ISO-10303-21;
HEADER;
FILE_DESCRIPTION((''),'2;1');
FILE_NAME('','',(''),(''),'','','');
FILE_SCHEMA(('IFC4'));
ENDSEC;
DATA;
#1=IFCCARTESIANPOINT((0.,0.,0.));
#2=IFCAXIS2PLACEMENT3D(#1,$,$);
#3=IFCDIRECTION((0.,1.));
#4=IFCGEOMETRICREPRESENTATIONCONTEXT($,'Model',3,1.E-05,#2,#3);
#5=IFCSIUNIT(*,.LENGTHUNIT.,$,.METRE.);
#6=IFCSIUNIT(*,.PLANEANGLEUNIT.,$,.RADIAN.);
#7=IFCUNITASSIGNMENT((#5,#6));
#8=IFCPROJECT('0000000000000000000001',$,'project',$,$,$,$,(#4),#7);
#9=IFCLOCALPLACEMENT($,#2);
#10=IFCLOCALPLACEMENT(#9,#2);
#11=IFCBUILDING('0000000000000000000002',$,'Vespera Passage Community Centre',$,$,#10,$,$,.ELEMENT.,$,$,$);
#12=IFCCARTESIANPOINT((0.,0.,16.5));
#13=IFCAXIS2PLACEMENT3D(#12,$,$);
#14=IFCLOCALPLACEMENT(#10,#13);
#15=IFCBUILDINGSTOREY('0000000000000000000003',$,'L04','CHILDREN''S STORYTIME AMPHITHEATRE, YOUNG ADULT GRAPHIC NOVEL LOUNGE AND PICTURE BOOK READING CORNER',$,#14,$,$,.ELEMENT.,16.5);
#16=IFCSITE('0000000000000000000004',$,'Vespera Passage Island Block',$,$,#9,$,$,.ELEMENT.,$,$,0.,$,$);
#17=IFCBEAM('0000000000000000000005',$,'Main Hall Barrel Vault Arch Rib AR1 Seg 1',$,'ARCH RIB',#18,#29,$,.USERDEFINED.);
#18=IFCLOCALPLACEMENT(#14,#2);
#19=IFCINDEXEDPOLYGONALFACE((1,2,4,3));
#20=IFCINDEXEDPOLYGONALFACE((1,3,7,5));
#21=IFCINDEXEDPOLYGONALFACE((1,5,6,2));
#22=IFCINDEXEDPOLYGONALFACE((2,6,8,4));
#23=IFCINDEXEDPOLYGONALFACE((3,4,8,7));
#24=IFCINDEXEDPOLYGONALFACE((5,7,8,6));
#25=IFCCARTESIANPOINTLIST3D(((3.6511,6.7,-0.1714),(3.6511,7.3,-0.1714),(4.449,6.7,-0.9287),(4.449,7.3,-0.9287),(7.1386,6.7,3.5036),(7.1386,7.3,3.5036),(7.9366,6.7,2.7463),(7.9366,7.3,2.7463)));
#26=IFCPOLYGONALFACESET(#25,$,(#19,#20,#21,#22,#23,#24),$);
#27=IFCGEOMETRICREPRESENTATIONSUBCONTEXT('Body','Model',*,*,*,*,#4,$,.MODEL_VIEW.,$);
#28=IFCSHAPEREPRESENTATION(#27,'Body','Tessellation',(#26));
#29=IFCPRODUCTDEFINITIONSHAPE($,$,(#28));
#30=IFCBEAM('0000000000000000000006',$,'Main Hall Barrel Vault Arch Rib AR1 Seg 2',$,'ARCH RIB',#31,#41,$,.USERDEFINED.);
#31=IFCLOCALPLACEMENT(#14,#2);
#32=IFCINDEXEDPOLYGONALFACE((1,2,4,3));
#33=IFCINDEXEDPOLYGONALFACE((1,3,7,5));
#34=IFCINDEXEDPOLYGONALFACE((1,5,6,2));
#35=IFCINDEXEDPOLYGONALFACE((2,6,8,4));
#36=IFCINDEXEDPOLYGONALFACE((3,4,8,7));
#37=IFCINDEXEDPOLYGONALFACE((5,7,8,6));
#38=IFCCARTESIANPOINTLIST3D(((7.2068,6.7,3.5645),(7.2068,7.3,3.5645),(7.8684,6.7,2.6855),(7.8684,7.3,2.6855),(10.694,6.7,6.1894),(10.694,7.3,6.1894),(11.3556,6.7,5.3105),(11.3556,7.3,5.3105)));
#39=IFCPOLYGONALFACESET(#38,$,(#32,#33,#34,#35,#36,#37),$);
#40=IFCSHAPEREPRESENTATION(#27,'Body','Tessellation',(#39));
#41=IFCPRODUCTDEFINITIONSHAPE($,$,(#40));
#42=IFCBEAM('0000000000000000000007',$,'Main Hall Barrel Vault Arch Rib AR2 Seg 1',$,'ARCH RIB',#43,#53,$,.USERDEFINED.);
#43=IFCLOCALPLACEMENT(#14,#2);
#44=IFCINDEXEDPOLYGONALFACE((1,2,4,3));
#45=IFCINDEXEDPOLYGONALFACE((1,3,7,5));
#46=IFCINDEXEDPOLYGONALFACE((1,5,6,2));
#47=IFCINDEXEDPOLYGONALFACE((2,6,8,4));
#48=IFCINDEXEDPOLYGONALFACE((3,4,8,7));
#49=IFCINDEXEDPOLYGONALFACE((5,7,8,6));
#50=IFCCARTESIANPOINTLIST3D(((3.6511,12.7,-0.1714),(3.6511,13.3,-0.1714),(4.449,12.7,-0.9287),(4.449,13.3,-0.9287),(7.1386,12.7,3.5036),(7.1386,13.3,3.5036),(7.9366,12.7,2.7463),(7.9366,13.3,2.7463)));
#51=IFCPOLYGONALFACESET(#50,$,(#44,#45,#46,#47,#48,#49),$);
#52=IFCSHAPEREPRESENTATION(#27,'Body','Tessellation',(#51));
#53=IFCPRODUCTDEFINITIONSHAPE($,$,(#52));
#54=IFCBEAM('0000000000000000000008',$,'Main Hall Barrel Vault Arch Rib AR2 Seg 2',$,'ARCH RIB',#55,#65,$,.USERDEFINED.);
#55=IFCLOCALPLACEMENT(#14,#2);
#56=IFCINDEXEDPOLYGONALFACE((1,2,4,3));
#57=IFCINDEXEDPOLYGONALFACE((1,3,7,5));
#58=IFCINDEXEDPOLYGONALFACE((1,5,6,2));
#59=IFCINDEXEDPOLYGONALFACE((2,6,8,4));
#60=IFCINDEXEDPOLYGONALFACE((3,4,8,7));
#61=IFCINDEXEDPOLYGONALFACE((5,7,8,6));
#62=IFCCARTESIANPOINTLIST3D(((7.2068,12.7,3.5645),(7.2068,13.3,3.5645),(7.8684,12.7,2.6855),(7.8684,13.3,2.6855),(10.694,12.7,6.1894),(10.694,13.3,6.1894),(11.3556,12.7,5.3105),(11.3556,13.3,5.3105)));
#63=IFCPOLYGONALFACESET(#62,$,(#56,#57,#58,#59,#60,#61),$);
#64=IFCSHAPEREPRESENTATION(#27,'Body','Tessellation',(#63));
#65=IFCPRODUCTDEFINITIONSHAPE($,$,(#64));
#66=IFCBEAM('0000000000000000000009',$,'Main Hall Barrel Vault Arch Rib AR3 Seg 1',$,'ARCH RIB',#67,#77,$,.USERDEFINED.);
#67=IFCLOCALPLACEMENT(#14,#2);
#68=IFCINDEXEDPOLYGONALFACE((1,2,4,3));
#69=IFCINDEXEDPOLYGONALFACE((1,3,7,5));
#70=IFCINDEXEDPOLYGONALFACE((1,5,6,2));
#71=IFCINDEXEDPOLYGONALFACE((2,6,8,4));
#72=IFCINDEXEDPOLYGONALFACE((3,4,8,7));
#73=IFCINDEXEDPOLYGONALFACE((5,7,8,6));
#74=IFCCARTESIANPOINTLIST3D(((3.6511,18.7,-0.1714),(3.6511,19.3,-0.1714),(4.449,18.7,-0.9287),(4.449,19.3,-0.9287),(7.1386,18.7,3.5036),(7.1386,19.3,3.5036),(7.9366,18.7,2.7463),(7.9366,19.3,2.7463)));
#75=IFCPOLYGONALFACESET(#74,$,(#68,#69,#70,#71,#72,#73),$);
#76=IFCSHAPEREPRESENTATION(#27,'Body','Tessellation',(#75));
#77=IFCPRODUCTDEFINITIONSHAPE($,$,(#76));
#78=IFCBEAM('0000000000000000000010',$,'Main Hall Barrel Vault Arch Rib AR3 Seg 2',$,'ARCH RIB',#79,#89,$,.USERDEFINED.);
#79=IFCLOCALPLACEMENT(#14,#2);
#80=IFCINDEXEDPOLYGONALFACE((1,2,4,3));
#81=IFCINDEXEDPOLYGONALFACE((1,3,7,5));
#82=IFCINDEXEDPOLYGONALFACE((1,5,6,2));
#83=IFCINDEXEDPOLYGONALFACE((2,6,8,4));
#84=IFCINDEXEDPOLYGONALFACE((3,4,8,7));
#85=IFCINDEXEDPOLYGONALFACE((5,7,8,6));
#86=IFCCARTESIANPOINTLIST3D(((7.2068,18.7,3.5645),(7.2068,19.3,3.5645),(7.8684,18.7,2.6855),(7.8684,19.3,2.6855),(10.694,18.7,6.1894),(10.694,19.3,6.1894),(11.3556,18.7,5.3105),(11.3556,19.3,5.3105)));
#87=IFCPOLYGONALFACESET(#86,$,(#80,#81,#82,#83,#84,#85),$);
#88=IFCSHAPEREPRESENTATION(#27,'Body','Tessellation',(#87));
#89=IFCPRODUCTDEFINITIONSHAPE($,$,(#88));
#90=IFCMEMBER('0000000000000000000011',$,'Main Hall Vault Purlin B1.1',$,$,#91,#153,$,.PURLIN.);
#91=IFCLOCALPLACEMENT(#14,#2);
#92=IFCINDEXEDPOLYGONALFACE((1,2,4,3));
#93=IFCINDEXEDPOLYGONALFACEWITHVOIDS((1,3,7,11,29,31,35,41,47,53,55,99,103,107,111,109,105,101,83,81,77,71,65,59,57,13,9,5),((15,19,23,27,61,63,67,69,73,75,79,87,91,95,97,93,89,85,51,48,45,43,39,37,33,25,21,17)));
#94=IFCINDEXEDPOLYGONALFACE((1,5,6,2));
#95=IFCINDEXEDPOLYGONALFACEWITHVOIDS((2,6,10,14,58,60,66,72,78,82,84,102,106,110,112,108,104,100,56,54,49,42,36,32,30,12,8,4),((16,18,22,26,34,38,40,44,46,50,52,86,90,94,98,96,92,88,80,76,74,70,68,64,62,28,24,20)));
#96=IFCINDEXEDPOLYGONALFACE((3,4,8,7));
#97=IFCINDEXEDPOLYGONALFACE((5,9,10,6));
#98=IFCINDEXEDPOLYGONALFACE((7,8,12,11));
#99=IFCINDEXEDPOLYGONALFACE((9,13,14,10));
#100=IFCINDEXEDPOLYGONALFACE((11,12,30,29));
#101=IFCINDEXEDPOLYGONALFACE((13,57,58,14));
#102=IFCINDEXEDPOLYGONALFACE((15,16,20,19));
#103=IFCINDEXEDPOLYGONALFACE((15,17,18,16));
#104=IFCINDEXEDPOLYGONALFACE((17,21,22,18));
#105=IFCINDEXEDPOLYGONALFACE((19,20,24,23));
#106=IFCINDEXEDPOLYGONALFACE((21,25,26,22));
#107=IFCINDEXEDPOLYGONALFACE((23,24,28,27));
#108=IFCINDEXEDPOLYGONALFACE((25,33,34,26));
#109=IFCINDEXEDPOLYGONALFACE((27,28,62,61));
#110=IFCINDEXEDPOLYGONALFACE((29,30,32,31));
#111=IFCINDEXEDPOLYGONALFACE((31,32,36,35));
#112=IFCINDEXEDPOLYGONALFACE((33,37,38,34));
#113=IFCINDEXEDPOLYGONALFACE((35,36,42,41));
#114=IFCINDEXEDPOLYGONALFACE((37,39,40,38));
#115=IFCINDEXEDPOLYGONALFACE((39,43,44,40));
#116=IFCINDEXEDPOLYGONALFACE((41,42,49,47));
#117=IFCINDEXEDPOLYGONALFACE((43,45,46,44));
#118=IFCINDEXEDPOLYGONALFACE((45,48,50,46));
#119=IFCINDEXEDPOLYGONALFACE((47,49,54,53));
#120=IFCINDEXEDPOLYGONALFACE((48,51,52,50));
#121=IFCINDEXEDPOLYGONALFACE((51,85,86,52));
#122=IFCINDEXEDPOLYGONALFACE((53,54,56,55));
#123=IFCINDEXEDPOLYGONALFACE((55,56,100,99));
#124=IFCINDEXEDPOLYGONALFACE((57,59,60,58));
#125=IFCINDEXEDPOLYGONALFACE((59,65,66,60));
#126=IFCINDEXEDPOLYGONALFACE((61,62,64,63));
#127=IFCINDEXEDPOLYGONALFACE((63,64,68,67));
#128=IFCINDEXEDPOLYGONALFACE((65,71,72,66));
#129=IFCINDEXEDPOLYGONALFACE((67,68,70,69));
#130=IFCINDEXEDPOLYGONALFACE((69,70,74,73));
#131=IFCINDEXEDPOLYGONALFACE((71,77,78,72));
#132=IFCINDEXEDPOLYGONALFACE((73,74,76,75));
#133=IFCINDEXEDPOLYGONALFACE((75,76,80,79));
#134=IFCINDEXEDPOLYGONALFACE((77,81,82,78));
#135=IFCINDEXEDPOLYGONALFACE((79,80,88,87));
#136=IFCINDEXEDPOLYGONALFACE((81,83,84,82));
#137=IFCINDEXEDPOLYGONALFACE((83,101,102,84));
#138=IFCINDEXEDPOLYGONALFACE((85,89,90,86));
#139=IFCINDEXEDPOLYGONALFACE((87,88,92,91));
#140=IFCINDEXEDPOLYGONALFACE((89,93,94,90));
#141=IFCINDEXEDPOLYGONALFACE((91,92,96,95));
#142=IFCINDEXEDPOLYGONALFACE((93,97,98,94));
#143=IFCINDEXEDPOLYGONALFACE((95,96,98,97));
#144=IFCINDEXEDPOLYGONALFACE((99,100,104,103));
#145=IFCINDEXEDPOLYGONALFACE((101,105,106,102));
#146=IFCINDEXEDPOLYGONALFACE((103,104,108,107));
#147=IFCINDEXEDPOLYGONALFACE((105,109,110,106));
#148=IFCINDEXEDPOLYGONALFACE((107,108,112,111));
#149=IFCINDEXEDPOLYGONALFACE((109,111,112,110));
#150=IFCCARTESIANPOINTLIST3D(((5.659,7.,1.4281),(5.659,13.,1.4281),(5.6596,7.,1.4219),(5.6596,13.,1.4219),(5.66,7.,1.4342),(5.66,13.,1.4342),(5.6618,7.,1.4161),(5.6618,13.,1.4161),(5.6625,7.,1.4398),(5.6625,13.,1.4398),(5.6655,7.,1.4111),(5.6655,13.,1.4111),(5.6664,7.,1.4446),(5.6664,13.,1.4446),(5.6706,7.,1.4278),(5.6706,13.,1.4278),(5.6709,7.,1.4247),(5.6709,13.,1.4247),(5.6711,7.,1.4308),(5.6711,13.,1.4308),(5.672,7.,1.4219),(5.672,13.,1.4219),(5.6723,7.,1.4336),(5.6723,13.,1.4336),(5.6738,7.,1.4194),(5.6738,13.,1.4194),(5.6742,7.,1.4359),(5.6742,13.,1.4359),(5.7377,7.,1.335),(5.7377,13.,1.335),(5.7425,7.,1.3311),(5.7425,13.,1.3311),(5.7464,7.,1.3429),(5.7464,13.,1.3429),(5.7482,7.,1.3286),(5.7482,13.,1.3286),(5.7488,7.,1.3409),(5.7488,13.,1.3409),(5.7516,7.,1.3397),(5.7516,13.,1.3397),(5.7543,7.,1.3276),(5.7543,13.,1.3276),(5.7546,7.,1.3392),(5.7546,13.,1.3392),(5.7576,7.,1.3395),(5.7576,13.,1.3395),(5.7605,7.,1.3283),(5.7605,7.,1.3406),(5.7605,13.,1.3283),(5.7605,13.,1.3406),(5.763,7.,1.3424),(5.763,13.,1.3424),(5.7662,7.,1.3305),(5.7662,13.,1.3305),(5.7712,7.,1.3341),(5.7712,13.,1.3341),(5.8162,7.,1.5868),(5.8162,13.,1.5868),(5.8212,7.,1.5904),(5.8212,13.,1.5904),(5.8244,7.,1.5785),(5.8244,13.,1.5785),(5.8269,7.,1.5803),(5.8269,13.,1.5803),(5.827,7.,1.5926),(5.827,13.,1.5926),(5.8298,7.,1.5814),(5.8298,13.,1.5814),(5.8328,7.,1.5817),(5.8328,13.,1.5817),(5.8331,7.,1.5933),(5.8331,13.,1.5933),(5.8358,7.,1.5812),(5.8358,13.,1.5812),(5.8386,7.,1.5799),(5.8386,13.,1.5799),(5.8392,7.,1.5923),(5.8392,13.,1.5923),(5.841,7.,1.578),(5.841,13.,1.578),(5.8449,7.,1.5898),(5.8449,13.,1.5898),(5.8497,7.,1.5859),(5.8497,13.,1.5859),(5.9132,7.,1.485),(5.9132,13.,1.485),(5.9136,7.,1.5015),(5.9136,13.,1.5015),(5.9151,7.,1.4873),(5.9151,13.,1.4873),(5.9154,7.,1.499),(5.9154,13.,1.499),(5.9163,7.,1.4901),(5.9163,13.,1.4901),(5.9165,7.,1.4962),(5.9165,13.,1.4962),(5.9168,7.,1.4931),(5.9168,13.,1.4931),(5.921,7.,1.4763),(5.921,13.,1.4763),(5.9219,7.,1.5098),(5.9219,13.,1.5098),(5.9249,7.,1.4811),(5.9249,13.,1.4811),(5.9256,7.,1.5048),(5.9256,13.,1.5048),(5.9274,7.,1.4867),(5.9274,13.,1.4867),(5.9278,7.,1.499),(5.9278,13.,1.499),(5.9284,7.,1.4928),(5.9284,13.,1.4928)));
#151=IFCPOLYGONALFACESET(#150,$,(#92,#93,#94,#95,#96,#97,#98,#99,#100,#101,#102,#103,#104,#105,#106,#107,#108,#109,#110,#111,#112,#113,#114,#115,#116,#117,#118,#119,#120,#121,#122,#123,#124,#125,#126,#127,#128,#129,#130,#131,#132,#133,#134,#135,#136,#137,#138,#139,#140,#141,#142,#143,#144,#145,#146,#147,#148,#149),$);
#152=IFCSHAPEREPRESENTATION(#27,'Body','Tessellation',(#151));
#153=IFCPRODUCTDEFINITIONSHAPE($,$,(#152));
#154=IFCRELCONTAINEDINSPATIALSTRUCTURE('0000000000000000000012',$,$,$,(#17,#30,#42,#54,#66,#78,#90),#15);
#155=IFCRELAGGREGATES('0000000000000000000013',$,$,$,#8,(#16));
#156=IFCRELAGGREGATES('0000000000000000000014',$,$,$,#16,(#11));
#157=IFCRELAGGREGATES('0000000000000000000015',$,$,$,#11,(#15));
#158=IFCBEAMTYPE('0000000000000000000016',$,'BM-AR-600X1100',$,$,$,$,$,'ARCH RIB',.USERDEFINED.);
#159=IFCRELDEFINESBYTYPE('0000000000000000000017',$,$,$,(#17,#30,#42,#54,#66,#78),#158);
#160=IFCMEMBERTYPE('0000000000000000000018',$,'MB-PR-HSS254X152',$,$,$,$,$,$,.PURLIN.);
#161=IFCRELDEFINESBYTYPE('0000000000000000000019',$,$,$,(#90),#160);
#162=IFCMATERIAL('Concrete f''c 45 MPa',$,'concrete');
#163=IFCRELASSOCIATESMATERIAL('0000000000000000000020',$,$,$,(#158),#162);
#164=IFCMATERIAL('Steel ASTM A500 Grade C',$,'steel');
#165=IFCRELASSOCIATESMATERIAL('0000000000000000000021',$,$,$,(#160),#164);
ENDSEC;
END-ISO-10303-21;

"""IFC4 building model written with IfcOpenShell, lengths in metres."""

from ifc_helpers import new_model, si_unit, direction, frame, origin, origin_2d, place, context, subcontext, project, spatial, rectangle, hollow_rectangle, extrude, material, material_profile, profile_set, type_object, element, save


model = new_model("IFC4")

# Units and contexts
model_context = context("Model", 3, precision=1e-05, world=origin(), true_north=direction((0.0, 1.0)))
body_context = subcontext(model_context, "Body", "Model", "MODEL_VIEW")
ifc_project = project(units=[si_unit("LENGTHUNIT", "METRE"), si_unit("PLANEANGLEUNIT", "RADIAN")], contexts=[model_context])

# Site, building, storey
site_placement = place(None, origin())
site = spatial("IfcSite", under=ifc_project, at=site_placement, Name="Vespera Passage Island Block", CompositionType="ELEMENT", RefElevation=0.0)
building_placement = place(site_placement, origin())
building = spatial("IfcBuilding", under=site, at=building_placement, Name="Vespera Passage Community Centre", CompositionType="ELEMENT")
storey_placement = place(building_placement, frame((0.0, 0.0, 16.5)))
storey = spatial("IfcBuildingStorey", under=building, at=storey_placement, Name="L04", Description="CHILDREN'S STORYTIME AMPHITHEATRE, YOUNG ADULT GRAPHIC NOVEL LOUNGE AND PICTURE BOOK READING CORNER", CompositionType="ELEMENT", Elevation=16.5)

# Beams
ifc_material_1 = material(Name="Concrete f'c 45 MPa", Category="concrete")
ifc_material_profile_1 = material_profile(ifc_material_1, rectangle(XDim=0.6001, YDim=1.1001, at=origin_2d()), Name="RC600X1100")
ifc_profile_set_1 = profile_set([ifc_material_profile_1], Name="Concrete f'c 45 MPa")
beam_type = type_object("IfcBeamType", Name="BM-AR-600X1100", ElementType="ARCH RIB", PredefinedType="USERDEFINED", material=ifc_profile_set_1)
beam_1_placement = place(storey_placement, frame((4.05, 7.0, -0.55), z_axis=(0.688361, 0.0, 0.725369), x_axis=(0.0, 1.0, 0.0)))
element("IfcBeam", 1, at=beam_1_placement, inside=storey, type_object=beam_type, Name="Main Hall Barrel Vault Arch Rib AR1 Seg 1", ObjectType="ARCH RIB", PredefinedType="USERDEFINED", context=body_context, shape_type="SweptSolid", body=[
    extrude(rectangle(XDim=0.6001, YDim=1.1001, at=origin_2d()), origin(), (0.0, 0.0, 1.0), 5.0664),
])
beam_2_placement = place(storey_placement, frame((7.5376, 7.0, 3.125), z_axis=(0.798952, 0.0, 0.601395), x_axis=(0.0, 1.0, 0.0)))
element("IfcBeam", 2, at=beam_2_placement, inside=storey, type_object=beam_type, Name="Main Hall Barrel Vault Arch Rib AR1 Seg 2", ObjectType="ARCH RIB", PredefinedType="USERDEFINED", context=body_context, shape_type="SweptSolid", body=[
    extrude(rectangle(XDim=0.6001, YDim=1.1001, at=origin_2d()), origin(), (0.0, 0.0, 1.0), 4.3647),
])
beam_3_placement = place(storey_placement, frame((4.05, 13.0, -0.55), z_axis=(0.688361, 0.0, 0.725369), x_axis=(0.0, 1.0, 0.0)))
element("IfcBeam", 3, at=beam_3_placement, inside=storey, type_object=beam_type, Name="Main Hall Barrel Vault Arch Rib AR2 Seg 1", ObjectType="ARCH RIB", PredefinedType="USERDEFINED", context=body_context, shape_type="SweptSolid", body=[
    extrude(rectangle(XDim=0.6001, YDim=1.1001, at=origin_2d()), origin(), (0.0, 0.0, 1.0), 5.0664),
])
beam_4_placement = place(storey_placement, frame((7.5376, 13.0, 3.125), z_axis=(0.798952, 0.0, 0.601395), x_axis=(0.0, 1.0, 0.0)))
element("IfcBeam", 4, at=beam_4_placement, inside=storey, type_object=beam_type, Name="Main Hall Barrel Vault Arch Rib AR2 Seg 2", ObjectType="ARCH RIB", PredefinedType="USERDEFINED", context=body_context, shape_type="SweptSolid", body=[
    extrude(rectangle(XDim=0.6001, YDim=1.1001, at=origin_2d()), origin(), (0.0, 0.0, 1.0), 4.3647),
])
beam_5_placement = place(storey_placement, frame((4.05, 19.0, -0.55), z_axis=(0.688361, 0.0, 0.725369), x_axis=(0.0, 1.0, 0.0)))
element("IfcBeam", 5, at=beam_5_placement, inside=storey, type_object=beam_type, Name="Main Hall Barrel Vault Arch Rib AR3 Seg 1", ObjectType="ARCH RIB", PredefinedType="USERDEFINED", context=body_context, shape_type="SweptSolid", body=[
    extrude(rectangle(XDim=0.6001, YDim=1.1001, at=origin_2d()), origin(), (0.0, 0.0, 1.0), 5.0664),
])
beam_6_placement = place(storey_placement, frame((7.5376, 19.0, 3.125), z_axis=(0.798952, 0.0, 0.601395), x_axis=(0.0, 1.0, 0.0)))
element("IfcBeam", 6, at=beam_6_placement, inside=storey, type_object=beam_type, Name="Main Hall Barrel Vault Arch Rib AR3 Seg 2", ObjectType="ARCH RIB", PredefinedType="USERDEFINED", context=body_context, shape_type="SweptSolid", body=[
    extrude(rectangle(XDim=0.6001, YDim=1.1001, at=origin_2d()), origin(), (0.0, 0.0, 1.0), 4.3647),
])

# Member
ifc_material_2 = material(Name="Steel ASTM A500 Grade C", Category="steel")
ifc_material_profile_2 = material_profile(ifc_material_2, hollow_rectangle(XDim=0.1523, YDim=0.2539, WallThickness=0.0117, InnerFilletRadius=0.0117, OuterFilletRadius=0.0237, at=origin_2d()), Name="HSS254X152X12.7")
ifc_profile_set_2 = profile_set([ifc_material_profile_2], Name="Steel ASTM A500 Grade C")
member_type_1 = type_object("IfcMemberType", Name="MB-PR-HSS254X152", PredefinedType="PURLIN", material=ifc_profile_set_2)
for number, where, z_axis, x_axis, name in (
    (7, (5.7937, 7.0, 1.4604), (0.0, 1.0, 0.0), (-0.688355, 0.0, 0.725374), "Main Hall Vault Purlin B1.1"),
):
    element("IfcMember", number, at=place(storey_placement, frame(where, z_axis=z_axis, x_axis=x_axis)), inside=storey, type_object=member_type_1, Name=name, PredefinedType="PURLIN", context=body_context, shape_type="SweptSolid", body=[
        extrude(hollow_rectangle(XDim=0.1523, YDim=0.2539, WallThickness=0.0117, InnerFilletRadius=0.0117, OuterFilletRadius=0.0237, at=origin_2d()), origin(), (0.0, 0.0, 1.0), 6.0),
    ])

save(model, "model.ifc")
